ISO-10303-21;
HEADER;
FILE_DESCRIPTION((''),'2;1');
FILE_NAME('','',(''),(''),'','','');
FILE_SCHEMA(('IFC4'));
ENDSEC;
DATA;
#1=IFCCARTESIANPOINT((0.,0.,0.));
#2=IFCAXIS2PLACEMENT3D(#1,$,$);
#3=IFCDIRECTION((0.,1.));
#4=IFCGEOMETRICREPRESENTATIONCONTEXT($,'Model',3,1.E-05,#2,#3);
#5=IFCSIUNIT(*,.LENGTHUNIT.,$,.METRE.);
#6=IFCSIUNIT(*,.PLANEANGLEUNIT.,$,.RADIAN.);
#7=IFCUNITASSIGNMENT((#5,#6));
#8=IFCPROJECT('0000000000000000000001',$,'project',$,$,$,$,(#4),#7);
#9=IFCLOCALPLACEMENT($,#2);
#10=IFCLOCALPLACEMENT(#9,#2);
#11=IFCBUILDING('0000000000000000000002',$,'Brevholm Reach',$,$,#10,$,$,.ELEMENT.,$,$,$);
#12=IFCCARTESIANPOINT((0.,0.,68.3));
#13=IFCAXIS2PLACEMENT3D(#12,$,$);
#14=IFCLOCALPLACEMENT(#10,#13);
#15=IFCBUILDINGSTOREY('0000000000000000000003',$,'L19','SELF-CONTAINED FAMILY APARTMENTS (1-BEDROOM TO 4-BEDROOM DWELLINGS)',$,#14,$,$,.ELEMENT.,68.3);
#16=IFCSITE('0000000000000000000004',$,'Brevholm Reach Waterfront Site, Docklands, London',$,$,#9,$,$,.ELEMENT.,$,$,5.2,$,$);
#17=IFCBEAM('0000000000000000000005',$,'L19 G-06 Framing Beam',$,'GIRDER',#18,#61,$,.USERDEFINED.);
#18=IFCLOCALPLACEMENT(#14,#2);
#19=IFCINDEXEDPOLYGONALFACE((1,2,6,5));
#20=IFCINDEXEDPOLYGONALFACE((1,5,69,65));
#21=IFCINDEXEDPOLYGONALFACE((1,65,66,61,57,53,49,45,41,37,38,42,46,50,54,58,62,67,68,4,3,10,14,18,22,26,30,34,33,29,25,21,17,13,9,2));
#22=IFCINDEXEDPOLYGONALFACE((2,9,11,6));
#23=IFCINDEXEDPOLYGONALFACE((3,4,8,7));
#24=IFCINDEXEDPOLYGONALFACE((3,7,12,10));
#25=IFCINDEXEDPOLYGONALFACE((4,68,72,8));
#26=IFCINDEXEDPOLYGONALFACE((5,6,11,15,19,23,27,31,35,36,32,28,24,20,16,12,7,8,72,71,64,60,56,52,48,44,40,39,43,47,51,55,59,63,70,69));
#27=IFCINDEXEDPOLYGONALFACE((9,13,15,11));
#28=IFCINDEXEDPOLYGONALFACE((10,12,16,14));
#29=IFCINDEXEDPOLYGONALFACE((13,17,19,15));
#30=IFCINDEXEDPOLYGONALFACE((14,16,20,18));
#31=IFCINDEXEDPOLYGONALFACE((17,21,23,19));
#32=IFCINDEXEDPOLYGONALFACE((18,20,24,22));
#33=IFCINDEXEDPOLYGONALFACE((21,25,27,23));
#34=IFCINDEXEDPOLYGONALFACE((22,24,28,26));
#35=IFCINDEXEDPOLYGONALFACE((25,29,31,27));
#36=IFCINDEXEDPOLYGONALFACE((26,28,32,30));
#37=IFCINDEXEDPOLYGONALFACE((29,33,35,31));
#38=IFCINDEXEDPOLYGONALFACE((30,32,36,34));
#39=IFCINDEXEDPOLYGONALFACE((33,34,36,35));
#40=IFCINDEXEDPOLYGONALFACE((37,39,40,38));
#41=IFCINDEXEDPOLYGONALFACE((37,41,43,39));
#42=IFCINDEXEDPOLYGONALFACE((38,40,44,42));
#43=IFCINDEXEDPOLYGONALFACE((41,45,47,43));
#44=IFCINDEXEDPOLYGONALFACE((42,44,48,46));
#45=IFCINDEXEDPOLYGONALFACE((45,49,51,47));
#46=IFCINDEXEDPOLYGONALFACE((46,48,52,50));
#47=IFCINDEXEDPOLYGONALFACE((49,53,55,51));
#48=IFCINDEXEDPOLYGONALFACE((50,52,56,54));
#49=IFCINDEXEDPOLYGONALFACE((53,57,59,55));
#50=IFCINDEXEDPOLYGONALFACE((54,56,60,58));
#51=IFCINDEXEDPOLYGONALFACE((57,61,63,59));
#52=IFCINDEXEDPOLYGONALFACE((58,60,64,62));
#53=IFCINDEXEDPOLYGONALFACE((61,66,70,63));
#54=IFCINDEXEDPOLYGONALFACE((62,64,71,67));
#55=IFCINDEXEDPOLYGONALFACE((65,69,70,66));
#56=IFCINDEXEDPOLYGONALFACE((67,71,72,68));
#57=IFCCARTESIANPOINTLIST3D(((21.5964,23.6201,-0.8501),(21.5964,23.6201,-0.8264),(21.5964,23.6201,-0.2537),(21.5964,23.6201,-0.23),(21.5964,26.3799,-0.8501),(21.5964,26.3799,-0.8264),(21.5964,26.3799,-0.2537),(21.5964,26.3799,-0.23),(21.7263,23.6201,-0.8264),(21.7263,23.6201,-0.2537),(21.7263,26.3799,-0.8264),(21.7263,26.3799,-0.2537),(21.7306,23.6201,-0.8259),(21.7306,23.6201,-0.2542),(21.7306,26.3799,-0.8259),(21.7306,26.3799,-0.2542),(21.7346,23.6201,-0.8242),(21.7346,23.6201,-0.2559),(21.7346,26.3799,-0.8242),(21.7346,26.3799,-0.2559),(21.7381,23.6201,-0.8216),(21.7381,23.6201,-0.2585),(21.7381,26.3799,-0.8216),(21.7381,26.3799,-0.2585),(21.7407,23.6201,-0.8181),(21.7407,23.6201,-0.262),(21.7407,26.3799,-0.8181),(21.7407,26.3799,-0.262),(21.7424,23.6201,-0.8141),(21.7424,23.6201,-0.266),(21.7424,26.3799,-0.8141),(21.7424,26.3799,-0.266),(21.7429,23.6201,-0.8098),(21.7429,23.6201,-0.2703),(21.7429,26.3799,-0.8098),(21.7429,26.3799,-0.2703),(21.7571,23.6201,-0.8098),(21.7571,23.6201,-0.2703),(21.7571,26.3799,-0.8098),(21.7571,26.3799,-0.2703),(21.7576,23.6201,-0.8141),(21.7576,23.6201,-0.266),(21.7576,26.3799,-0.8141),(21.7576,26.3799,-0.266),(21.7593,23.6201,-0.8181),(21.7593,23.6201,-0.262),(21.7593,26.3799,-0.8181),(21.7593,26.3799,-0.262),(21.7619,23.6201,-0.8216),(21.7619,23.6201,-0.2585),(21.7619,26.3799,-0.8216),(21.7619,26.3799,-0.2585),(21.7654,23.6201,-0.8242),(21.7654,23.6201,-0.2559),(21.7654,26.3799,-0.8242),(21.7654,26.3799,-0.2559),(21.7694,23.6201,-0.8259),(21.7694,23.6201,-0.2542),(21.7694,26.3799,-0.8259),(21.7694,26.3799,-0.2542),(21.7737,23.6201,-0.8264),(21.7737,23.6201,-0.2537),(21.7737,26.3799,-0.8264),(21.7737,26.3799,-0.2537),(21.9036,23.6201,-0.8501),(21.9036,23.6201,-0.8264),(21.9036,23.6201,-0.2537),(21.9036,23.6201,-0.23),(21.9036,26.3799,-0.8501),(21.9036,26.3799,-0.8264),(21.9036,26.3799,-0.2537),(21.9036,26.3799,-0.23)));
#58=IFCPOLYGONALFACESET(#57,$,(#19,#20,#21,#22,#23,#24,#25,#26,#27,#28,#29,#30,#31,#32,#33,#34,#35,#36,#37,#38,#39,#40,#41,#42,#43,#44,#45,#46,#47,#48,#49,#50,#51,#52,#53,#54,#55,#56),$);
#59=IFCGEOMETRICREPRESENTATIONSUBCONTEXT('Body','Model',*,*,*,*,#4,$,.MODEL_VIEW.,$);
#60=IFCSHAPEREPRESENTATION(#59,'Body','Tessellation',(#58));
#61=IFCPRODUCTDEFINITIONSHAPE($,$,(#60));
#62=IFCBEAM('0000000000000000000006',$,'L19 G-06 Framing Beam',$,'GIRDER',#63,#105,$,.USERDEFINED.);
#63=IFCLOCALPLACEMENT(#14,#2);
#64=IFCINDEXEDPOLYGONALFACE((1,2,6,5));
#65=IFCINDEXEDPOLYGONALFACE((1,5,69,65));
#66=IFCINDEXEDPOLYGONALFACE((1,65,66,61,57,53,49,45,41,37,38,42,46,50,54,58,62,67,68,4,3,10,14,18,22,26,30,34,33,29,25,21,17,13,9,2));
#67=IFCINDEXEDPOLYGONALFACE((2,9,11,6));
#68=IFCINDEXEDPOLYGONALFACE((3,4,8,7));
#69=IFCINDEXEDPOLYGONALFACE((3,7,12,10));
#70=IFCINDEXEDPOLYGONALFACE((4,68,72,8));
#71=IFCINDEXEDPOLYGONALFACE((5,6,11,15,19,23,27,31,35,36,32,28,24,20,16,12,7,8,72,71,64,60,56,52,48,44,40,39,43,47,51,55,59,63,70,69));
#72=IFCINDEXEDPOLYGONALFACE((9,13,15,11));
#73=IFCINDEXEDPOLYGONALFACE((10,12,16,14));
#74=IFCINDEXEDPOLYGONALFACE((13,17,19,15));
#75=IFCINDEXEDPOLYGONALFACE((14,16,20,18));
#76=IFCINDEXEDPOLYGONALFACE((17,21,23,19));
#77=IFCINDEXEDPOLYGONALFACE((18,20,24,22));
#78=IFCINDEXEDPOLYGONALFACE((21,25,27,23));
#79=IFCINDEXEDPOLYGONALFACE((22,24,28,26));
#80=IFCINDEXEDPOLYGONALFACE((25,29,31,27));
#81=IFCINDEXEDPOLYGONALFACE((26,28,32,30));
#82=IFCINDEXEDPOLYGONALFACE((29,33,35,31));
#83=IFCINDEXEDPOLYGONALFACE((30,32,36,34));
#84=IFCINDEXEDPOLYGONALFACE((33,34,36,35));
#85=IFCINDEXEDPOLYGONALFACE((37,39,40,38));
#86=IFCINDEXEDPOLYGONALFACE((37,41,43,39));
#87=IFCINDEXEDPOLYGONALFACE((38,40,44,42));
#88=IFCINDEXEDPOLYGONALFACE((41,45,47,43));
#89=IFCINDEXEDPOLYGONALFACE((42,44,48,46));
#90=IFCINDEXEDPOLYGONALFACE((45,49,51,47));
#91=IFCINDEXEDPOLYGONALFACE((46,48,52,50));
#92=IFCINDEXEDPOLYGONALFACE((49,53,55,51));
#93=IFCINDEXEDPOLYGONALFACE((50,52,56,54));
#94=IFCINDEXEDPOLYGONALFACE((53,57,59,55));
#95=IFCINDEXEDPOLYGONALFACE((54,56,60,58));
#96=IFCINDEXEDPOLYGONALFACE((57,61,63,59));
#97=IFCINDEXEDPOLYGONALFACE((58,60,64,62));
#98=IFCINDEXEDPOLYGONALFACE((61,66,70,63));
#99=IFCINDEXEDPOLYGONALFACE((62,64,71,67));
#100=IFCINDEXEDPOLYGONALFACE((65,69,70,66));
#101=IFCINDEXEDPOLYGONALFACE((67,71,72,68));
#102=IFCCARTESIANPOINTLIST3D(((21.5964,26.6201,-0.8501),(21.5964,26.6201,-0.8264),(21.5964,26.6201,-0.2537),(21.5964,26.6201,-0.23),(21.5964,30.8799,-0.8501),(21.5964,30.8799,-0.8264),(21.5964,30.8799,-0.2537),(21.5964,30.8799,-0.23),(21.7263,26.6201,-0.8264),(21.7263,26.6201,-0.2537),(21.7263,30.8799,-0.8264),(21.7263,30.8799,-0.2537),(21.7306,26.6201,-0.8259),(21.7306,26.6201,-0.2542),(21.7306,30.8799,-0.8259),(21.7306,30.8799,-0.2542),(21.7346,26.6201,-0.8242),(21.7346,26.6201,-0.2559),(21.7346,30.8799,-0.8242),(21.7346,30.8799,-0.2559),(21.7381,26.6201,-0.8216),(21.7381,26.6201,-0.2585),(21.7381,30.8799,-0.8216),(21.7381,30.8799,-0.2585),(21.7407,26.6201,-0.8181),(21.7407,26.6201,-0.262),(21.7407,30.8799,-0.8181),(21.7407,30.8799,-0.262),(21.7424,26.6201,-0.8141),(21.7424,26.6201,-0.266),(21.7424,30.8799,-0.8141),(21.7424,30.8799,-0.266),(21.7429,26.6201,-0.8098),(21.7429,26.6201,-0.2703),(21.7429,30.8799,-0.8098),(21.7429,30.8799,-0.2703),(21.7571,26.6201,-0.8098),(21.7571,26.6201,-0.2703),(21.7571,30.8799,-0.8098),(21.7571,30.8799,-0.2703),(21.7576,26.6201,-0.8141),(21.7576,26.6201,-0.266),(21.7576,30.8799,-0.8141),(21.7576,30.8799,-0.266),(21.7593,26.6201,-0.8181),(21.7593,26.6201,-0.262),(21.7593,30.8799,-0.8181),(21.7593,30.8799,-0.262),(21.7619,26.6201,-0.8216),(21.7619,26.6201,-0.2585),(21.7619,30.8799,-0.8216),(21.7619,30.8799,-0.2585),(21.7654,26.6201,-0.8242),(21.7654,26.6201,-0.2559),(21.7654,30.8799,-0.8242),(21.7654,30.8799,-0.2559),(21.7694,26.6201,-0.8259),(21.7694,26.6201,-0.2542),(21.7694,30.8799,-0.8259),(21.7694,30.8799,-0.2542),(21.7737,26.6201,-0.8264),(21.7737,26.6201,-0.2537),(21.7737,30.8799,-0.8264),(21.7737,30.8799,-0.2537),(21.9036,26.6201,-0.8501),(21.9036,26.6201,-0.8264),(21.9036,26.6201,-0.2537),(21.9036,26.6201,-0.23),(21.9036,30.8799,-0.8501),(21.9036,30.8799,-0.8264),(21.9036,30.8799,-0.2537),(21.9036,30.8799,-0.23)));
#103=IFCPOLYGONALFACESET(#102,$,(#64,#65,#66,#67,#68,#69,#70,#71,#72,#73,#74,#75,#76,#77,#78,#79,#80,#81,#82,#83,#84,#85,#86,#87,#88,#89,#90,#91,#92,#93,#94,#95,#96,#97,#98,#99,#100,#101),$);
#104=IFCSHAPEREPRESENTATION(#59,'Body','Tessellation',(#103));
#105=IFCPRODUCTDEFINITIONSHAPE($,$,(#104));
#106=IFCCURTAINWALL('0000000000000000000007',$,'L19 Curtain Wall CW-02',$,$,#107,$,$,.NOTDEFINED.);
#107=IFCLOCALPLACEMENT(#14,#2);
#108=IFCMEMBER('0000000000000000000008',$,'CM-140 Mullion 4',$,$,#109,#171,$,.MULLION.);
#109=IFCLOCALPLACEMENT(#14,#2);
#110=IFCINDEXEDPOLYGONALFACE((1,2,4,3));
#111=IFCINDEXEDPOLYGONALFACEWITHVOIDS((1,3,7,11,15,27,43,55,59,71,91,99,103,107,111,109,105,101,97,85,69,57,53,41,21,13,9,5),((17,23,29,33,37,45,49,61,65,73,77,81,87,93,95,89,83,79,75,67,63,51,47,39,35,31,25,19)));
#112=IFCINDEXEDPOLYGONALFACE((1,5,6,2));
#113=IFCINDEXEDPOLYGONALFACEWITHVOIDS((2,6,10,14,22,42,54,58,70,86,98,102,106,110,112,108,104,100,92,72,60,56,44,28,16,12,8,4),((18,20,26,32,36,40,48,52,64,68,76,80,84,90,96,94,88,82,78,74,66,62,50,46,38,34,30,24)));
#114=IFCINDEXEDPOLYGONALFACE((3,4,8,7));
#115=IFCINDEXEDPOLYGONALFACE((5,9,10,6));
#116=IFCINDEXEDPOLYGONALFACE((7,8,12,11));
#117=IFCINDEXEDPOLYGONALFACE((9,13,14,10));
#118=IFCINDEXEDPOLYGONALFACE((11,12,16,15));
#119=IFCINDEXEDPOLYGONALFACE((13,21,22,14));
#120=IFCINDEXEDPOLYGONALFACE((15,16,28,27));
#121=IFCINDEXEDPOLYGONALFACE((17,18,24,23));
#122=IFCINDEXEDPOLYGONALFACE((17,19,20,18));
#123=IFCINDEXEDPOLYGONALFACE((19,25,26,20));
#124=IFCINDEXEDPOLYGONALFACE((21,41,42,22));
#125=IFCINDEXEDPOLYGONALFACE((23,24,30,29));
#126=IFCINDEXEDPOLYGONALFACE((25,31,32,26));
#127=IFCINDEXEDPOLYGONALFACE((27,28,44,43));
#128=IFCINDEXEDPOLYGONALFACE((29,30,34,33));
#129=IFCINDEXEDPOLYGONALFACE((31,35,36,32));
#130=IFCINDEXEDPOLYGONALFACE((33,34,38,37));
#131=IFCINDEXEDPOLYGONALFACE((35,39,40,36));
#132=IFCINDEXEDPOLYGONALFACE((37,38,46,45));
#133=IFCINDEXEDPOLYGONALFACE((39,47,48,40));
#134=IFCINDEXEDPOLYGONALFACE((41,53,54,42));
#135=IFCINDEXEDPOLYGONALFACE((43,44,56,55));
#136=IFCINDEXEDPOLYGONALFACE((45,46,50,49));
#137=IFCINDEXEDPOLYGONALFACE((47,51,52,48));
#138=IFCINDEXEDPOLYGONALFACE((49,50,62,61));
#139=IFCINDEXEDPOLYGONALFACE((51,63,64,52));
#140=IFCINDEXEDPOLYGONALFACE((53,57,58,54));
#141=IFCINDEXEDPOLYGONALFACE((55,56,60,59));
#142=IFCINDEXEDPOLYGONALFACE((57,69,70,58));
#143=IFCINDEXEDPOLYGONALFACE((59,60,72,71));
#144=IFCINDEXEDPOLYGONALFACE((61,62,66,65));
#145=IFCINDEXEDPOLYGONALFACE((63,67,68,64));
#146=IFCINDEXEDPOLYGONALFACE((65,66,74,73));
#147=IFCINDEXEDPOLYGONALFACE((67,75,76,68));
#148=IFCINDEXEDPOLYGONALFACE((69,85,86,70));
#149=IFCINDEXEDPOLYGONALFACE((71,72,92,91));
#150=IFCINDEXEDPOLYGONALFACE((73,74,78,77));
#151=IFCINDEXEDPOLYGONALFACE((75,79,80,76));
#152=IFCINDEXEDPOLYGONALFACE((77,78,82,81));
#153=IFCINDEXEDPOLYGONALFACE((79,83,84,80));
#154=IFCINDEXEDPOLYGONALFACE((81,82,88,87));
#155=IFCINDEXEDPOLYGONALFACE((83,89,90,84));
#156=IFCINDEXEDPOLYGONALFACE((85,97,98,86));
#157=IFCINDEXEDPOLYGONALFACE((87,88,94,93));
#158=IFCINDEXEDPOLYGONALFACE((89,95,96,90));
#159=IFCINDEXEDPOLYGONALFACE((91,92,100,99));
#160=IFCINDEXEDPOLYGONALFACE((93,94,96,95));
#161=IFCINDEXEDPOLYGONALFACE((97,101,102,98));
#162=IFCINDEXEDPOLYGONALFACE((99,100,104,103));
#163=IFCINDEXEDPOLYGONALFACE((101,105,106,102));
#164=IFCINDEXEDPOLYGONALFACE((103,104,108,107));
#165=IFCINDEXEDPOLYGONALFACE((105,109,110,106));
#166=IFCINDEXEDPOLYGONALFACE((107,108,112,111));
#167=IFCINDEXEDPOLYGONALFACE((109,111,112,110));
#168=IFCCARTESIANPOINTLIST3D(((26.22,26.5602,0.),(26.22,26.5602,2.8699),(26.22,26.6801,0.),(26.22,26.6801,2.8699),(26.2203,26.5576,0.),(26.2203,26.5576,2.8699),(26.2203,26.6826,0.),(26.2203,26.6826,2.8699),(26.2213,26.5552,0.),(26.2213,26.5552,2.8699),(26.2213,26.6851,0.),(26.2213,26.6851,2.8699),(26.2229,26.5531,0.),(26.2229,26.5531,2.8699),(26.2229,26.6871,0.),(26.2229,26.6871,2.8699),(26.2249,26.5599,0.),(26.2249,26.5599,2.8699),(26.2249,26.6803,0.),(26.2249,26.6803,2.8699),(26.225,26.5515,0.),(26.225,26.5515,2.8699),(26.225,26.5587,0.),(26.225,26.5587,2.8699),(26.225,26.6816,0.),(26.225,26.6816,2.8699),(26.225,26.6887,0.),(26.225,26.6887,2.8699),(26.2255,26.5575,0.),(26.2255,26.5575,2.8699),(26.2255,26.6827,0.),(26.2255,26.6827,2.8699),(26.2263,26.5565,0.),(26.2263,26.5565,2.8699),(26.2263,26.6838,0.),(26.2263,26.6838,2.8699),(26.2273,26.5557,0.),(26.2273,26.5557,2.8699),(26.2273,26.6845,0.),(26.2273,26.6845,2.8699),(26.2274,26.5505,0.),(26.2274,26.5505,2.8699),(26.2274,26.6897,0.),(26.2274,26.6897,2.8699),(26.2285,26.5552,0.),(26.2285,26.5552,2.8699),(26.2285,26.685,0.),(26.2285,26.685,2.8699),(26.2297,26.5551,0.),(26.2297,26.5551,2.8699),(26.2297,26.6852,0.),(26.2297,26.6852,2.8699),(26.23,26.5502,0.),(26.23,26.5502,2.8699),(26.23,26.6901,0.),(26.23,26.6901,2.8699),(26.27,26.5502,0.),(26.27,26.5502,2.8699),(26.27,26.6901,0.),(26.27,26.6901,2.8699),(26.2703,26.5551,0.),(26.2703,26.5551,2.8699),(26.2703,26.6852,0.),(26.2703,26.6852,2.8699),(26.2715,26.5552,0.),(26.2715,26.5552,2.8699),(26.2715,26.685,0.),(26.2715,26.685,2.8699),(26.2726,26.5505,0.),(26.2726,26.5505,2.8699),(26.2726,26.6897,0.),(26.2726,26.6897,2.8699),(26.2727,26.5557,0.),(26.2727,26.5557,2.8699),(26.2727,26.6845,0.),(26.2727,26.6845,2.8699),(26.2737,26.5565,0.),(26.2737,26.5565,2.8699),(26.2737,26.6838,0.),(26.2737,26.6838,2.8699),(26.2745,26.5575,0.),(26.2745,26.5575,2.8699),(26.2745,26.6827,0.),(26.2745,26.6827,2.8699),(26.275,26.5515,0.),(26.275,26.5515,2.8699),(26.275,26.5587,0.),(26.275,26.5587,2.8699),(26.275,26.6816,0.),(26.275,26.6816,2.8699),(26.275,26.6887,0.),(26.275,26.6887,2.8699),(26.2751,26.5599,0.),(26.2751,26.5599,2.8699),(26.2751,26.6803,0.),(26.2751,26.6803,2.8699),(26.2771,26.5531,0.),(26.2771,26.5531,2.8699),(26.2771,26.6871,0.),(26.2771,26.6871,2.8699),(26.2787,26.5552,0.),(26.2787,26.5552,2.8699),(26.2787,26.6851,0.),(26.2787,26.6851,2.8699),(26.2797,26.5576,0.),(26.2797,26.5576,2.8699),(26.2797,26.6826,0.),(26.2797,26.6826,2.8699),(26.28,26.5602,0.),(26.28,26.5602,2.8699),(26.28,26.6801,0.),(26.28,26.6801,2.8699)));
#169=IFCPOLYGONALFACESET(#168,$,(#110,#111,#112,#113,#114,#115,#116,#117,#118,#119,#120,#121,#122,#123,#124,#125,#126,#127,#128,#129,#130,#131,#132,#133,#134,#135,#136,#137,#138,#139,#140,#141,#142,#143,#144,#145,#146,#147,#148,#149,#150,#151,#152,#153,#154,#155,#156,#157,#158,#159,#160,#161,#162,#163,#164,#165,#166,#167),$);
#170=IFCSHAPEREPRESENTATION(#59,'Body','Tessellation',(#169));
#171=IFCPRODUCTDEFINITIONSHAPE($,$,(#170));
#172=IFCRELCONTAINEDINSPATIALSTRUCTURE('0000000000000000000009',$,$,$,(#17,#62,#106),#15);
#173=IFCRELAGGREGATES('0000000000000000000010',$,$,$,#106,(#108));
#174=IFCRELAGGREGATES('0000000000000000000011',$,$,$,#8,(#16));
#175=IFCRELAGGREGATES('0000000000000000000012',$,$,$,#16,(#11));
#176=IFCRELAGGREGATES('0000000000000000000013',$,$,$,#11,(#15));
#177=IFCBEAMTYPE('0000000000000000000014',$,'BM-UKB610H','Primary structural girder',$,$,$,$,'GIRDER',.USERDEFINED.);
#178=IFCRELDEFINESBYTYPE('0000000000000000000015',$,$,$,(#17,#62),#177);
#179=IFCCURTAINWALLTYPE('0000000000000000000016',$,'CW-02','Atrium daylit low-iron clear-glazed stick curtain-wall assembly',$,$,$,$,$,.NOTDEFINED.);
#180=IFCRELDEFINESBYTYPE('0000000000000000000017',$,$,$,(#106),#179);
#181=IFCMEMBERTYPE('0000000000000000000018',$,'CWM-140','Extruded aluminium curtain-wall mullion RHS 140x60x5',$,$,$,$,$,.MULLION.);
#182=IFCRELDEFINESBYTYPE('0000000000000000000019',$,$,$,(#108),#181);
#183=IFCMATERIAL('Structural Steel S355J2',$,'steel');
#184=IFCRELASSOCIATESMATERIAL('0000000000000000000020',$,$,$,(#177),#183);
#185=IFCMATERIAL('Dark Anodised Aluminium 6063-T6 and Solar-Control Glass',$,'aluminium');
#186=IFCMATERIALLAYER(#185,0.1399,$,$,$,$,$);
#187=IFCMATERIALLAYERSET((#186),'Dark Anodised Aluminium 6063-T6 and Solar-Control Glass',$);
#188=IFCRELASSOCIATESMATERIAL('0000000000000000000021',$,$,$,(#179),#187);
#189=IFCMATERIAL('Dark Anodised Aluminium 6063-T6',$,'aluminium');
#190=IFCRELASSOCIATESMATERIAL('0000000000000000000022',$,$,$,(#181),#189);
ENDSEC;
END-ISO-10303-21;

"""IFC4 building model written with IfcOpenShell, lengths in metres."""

from ifc_helpers import new_model, si_unit, direction, frame, origin, origin_2d, place, context, subcontext, project, spatial, hollow_rectangle, i_section, extrude, material, layer, layer_set, material_profile, profile_set, type_object, element, aggregate, save


model = new_model("IFC4")

# Units and contexts
model_context = context("Model", 3, precision=1e-05, world=origin(), true_north=direction((0.0, 1.0)))
body_context = subcontext(model_context, "Body", "Model", "MODEL_VIEW")
ifc_project = project(units=[si_unit("LENGTHUNIT", "METRE"), si_unit("PLANEANGLEUNIT", "RADIAN")], contexts=[model_context])

# Site, building, storey
site_placement = place(None, origin())
site = spatial("IfcSite", under=ifc_project, at=site_placement, Name="Brevholm Reach Waterfront Site, Docklands, London", CompositionType="ELEMENT", RefElevation=5.2)
building_placement = place(site_placement, origin())
building = spatial("IfcBuilding", under=site, at=building_placement, Name="Brevholm Reach", CompositionType="ELEMENT")
storey_placement = place(building_placement, frame((0.0, 0.0, 68.3)))
storey = spatial("IfcBuildingStorey", under=building, at=storey_placement, Name="L19", Description="SELF-CONTAINED FAMILY APARTMENTS (1-BEDROOM TO 4-BEDROOM DWELLINGS)", CompositionType="ELEMENT", Elevation=68.3)

# Beams
ifc_material_1 = material(Name="Structural Steel S355J2", Category="steel")
ifc_material_profile_1 = material_profile(ifc_material_1, i_section(OverallWidth=0.3071, OverallDepth=0.6201, WebThickness=0.0142, FlangeThickness=0.0237, FilletRadius=0.0166, at=origin_2d()), Name="UKB 610x305x179")
ifc_profile_set_1 = profile_set([ifc_material_profile_1], Name="Structural Steel S355J2")
beam_type_1 = type_object("IfcBeamType", Name="BM-UKB610H", Description="Primary structural girder", ElementType="GIRDER", PredefinedType="USERDEFINED", material=ifc_profile_set_1)
beam_1_placement = place(storey_placement, frame((21.75, 23.6201, -0.54), z_axis=(0.0, 1.0, 0.0), x_axis=(-1.0, 0.0, 0.0)))
element("IfcBeam", 1, at=beam_1_placement, inside=storey, type_object=beam_type_1, Name="L19 G-06 Framing Beam", ObjectType="GIRDER", PredefinedType="USERDEFINED", context=body_context, shape_type="SweptSolid", body=[
    extrude(i_section(OverallWidth=0.3071, OverallDepth=0.6201, WebThickness=0.0142, FlangeThickness=0.0237, FilletRadius=0.0166, at=origin_2d()), origin(), (0.0, 0.0, 1.0), 2.7598),
])
beam_2_placement = place(storey_placement, frame((21.75, 26.6201, -0.54), z_axis=(0.0, 1.0, 0.0), x_axis=(-1.0, 0.0, 0.0)))
element("IfcBeam", 2, at=beam_2_placement, inside=storey, type_object=beam_type_1, Name="L19 G-06 Framing Beam", ObjectType="GIRDER", PredefinedType="USERDEFINED", context=body_context, shape_type="SweptSolid", body=[
    extrude(i_section(OverallWidth=0.3071, OverallDepth=0.6201, WebThickness=0.0142, FlangeThickness=0.0237, FilletRadius=0.0166, at=origin_2d()), origin(), (0.0, 0.0, 1.0), 4.2598),
])

# Curtain wall, member
ifc_material_2 = material(Name="Dark Anodised Aluminium 6063-T6 and Solar-Control Glass", Category="aluminium")
ifc_layer_1 = layer(ifc_material_2, 0.1399)
ifc_layer_set_1 = layer_set([ifc_layer_1], Name="Dark Anodised Aluminium 6063-T6 and Solar-Control Glass")
curtain_wall_type = type_object("IfcCurtainWallType", Name="CW-02", Description="Atrium daylit low-iron clear-glazed stick curtain-wall assembly", PredefinedType="NOTDEFINED", material=ifc_layer_set_1)
curtain_wall_placement = place(storey_placement, origin())
curtain_wall = element("IfcCurtainWall", 3, at=curtain_wall_placement, inside=storey, type_object=curtain_wall_type, Name="L19 Curtain Wall CW-02", PredefinedType="NOTDEFINED")
ifc_material_3 = material(Name="Dark Anodised Aluminium 6063-T6", Category="aluminium")
ifc_material_profile_2 = material_profile(ifc_material_3, hollow_rectangle(XDim=0.0601, YDim=0.1399, WallThickness=0.0049, InnerFilletRadius=0.0049, OuterFilletRadius=0.01, at=origin_2d()), Name="RHS 140x60x5")
ifc_profile_set_2 = profile_set([ifc_material_profile_2], Name="Dark Anodised Aluminium 6063-T6")
member_type_1 = type_object("IfcMemberType", Name="CWM-140", Description="Extruded aluminium curtain-wall mullion RHS 140x60x5", PredefinedType="MULLION", material=ifc_profile_set_2)
member_1_placement = place(storey_placement, frame((26.25, 26.6201, 0.0), z_axis=(0.0, 0.0, 1.0), x_axis=(-1.0, 0.0, 0.0)))
member_1 = element("IfcMember", 4, at=member_1_placement, type_object=member_type_1, Name="CM-140 Mullion 4", PredefinedType="MULLION", context=body_context, shape_type="SweptSolid", body=[
    extrude(hollow_rectangle(XDim=0.0601, YDim=0.1399, WallThickness=0.0049, InnerFilletRadius=0.0049, OuterFilletRadius=0.01, at=origin_2d()), origin(), (0.0, 0.0, 1.0), 2.8699),
])
aggregate(curtain_wall, [member_1])

save(model, "model.ifc")
